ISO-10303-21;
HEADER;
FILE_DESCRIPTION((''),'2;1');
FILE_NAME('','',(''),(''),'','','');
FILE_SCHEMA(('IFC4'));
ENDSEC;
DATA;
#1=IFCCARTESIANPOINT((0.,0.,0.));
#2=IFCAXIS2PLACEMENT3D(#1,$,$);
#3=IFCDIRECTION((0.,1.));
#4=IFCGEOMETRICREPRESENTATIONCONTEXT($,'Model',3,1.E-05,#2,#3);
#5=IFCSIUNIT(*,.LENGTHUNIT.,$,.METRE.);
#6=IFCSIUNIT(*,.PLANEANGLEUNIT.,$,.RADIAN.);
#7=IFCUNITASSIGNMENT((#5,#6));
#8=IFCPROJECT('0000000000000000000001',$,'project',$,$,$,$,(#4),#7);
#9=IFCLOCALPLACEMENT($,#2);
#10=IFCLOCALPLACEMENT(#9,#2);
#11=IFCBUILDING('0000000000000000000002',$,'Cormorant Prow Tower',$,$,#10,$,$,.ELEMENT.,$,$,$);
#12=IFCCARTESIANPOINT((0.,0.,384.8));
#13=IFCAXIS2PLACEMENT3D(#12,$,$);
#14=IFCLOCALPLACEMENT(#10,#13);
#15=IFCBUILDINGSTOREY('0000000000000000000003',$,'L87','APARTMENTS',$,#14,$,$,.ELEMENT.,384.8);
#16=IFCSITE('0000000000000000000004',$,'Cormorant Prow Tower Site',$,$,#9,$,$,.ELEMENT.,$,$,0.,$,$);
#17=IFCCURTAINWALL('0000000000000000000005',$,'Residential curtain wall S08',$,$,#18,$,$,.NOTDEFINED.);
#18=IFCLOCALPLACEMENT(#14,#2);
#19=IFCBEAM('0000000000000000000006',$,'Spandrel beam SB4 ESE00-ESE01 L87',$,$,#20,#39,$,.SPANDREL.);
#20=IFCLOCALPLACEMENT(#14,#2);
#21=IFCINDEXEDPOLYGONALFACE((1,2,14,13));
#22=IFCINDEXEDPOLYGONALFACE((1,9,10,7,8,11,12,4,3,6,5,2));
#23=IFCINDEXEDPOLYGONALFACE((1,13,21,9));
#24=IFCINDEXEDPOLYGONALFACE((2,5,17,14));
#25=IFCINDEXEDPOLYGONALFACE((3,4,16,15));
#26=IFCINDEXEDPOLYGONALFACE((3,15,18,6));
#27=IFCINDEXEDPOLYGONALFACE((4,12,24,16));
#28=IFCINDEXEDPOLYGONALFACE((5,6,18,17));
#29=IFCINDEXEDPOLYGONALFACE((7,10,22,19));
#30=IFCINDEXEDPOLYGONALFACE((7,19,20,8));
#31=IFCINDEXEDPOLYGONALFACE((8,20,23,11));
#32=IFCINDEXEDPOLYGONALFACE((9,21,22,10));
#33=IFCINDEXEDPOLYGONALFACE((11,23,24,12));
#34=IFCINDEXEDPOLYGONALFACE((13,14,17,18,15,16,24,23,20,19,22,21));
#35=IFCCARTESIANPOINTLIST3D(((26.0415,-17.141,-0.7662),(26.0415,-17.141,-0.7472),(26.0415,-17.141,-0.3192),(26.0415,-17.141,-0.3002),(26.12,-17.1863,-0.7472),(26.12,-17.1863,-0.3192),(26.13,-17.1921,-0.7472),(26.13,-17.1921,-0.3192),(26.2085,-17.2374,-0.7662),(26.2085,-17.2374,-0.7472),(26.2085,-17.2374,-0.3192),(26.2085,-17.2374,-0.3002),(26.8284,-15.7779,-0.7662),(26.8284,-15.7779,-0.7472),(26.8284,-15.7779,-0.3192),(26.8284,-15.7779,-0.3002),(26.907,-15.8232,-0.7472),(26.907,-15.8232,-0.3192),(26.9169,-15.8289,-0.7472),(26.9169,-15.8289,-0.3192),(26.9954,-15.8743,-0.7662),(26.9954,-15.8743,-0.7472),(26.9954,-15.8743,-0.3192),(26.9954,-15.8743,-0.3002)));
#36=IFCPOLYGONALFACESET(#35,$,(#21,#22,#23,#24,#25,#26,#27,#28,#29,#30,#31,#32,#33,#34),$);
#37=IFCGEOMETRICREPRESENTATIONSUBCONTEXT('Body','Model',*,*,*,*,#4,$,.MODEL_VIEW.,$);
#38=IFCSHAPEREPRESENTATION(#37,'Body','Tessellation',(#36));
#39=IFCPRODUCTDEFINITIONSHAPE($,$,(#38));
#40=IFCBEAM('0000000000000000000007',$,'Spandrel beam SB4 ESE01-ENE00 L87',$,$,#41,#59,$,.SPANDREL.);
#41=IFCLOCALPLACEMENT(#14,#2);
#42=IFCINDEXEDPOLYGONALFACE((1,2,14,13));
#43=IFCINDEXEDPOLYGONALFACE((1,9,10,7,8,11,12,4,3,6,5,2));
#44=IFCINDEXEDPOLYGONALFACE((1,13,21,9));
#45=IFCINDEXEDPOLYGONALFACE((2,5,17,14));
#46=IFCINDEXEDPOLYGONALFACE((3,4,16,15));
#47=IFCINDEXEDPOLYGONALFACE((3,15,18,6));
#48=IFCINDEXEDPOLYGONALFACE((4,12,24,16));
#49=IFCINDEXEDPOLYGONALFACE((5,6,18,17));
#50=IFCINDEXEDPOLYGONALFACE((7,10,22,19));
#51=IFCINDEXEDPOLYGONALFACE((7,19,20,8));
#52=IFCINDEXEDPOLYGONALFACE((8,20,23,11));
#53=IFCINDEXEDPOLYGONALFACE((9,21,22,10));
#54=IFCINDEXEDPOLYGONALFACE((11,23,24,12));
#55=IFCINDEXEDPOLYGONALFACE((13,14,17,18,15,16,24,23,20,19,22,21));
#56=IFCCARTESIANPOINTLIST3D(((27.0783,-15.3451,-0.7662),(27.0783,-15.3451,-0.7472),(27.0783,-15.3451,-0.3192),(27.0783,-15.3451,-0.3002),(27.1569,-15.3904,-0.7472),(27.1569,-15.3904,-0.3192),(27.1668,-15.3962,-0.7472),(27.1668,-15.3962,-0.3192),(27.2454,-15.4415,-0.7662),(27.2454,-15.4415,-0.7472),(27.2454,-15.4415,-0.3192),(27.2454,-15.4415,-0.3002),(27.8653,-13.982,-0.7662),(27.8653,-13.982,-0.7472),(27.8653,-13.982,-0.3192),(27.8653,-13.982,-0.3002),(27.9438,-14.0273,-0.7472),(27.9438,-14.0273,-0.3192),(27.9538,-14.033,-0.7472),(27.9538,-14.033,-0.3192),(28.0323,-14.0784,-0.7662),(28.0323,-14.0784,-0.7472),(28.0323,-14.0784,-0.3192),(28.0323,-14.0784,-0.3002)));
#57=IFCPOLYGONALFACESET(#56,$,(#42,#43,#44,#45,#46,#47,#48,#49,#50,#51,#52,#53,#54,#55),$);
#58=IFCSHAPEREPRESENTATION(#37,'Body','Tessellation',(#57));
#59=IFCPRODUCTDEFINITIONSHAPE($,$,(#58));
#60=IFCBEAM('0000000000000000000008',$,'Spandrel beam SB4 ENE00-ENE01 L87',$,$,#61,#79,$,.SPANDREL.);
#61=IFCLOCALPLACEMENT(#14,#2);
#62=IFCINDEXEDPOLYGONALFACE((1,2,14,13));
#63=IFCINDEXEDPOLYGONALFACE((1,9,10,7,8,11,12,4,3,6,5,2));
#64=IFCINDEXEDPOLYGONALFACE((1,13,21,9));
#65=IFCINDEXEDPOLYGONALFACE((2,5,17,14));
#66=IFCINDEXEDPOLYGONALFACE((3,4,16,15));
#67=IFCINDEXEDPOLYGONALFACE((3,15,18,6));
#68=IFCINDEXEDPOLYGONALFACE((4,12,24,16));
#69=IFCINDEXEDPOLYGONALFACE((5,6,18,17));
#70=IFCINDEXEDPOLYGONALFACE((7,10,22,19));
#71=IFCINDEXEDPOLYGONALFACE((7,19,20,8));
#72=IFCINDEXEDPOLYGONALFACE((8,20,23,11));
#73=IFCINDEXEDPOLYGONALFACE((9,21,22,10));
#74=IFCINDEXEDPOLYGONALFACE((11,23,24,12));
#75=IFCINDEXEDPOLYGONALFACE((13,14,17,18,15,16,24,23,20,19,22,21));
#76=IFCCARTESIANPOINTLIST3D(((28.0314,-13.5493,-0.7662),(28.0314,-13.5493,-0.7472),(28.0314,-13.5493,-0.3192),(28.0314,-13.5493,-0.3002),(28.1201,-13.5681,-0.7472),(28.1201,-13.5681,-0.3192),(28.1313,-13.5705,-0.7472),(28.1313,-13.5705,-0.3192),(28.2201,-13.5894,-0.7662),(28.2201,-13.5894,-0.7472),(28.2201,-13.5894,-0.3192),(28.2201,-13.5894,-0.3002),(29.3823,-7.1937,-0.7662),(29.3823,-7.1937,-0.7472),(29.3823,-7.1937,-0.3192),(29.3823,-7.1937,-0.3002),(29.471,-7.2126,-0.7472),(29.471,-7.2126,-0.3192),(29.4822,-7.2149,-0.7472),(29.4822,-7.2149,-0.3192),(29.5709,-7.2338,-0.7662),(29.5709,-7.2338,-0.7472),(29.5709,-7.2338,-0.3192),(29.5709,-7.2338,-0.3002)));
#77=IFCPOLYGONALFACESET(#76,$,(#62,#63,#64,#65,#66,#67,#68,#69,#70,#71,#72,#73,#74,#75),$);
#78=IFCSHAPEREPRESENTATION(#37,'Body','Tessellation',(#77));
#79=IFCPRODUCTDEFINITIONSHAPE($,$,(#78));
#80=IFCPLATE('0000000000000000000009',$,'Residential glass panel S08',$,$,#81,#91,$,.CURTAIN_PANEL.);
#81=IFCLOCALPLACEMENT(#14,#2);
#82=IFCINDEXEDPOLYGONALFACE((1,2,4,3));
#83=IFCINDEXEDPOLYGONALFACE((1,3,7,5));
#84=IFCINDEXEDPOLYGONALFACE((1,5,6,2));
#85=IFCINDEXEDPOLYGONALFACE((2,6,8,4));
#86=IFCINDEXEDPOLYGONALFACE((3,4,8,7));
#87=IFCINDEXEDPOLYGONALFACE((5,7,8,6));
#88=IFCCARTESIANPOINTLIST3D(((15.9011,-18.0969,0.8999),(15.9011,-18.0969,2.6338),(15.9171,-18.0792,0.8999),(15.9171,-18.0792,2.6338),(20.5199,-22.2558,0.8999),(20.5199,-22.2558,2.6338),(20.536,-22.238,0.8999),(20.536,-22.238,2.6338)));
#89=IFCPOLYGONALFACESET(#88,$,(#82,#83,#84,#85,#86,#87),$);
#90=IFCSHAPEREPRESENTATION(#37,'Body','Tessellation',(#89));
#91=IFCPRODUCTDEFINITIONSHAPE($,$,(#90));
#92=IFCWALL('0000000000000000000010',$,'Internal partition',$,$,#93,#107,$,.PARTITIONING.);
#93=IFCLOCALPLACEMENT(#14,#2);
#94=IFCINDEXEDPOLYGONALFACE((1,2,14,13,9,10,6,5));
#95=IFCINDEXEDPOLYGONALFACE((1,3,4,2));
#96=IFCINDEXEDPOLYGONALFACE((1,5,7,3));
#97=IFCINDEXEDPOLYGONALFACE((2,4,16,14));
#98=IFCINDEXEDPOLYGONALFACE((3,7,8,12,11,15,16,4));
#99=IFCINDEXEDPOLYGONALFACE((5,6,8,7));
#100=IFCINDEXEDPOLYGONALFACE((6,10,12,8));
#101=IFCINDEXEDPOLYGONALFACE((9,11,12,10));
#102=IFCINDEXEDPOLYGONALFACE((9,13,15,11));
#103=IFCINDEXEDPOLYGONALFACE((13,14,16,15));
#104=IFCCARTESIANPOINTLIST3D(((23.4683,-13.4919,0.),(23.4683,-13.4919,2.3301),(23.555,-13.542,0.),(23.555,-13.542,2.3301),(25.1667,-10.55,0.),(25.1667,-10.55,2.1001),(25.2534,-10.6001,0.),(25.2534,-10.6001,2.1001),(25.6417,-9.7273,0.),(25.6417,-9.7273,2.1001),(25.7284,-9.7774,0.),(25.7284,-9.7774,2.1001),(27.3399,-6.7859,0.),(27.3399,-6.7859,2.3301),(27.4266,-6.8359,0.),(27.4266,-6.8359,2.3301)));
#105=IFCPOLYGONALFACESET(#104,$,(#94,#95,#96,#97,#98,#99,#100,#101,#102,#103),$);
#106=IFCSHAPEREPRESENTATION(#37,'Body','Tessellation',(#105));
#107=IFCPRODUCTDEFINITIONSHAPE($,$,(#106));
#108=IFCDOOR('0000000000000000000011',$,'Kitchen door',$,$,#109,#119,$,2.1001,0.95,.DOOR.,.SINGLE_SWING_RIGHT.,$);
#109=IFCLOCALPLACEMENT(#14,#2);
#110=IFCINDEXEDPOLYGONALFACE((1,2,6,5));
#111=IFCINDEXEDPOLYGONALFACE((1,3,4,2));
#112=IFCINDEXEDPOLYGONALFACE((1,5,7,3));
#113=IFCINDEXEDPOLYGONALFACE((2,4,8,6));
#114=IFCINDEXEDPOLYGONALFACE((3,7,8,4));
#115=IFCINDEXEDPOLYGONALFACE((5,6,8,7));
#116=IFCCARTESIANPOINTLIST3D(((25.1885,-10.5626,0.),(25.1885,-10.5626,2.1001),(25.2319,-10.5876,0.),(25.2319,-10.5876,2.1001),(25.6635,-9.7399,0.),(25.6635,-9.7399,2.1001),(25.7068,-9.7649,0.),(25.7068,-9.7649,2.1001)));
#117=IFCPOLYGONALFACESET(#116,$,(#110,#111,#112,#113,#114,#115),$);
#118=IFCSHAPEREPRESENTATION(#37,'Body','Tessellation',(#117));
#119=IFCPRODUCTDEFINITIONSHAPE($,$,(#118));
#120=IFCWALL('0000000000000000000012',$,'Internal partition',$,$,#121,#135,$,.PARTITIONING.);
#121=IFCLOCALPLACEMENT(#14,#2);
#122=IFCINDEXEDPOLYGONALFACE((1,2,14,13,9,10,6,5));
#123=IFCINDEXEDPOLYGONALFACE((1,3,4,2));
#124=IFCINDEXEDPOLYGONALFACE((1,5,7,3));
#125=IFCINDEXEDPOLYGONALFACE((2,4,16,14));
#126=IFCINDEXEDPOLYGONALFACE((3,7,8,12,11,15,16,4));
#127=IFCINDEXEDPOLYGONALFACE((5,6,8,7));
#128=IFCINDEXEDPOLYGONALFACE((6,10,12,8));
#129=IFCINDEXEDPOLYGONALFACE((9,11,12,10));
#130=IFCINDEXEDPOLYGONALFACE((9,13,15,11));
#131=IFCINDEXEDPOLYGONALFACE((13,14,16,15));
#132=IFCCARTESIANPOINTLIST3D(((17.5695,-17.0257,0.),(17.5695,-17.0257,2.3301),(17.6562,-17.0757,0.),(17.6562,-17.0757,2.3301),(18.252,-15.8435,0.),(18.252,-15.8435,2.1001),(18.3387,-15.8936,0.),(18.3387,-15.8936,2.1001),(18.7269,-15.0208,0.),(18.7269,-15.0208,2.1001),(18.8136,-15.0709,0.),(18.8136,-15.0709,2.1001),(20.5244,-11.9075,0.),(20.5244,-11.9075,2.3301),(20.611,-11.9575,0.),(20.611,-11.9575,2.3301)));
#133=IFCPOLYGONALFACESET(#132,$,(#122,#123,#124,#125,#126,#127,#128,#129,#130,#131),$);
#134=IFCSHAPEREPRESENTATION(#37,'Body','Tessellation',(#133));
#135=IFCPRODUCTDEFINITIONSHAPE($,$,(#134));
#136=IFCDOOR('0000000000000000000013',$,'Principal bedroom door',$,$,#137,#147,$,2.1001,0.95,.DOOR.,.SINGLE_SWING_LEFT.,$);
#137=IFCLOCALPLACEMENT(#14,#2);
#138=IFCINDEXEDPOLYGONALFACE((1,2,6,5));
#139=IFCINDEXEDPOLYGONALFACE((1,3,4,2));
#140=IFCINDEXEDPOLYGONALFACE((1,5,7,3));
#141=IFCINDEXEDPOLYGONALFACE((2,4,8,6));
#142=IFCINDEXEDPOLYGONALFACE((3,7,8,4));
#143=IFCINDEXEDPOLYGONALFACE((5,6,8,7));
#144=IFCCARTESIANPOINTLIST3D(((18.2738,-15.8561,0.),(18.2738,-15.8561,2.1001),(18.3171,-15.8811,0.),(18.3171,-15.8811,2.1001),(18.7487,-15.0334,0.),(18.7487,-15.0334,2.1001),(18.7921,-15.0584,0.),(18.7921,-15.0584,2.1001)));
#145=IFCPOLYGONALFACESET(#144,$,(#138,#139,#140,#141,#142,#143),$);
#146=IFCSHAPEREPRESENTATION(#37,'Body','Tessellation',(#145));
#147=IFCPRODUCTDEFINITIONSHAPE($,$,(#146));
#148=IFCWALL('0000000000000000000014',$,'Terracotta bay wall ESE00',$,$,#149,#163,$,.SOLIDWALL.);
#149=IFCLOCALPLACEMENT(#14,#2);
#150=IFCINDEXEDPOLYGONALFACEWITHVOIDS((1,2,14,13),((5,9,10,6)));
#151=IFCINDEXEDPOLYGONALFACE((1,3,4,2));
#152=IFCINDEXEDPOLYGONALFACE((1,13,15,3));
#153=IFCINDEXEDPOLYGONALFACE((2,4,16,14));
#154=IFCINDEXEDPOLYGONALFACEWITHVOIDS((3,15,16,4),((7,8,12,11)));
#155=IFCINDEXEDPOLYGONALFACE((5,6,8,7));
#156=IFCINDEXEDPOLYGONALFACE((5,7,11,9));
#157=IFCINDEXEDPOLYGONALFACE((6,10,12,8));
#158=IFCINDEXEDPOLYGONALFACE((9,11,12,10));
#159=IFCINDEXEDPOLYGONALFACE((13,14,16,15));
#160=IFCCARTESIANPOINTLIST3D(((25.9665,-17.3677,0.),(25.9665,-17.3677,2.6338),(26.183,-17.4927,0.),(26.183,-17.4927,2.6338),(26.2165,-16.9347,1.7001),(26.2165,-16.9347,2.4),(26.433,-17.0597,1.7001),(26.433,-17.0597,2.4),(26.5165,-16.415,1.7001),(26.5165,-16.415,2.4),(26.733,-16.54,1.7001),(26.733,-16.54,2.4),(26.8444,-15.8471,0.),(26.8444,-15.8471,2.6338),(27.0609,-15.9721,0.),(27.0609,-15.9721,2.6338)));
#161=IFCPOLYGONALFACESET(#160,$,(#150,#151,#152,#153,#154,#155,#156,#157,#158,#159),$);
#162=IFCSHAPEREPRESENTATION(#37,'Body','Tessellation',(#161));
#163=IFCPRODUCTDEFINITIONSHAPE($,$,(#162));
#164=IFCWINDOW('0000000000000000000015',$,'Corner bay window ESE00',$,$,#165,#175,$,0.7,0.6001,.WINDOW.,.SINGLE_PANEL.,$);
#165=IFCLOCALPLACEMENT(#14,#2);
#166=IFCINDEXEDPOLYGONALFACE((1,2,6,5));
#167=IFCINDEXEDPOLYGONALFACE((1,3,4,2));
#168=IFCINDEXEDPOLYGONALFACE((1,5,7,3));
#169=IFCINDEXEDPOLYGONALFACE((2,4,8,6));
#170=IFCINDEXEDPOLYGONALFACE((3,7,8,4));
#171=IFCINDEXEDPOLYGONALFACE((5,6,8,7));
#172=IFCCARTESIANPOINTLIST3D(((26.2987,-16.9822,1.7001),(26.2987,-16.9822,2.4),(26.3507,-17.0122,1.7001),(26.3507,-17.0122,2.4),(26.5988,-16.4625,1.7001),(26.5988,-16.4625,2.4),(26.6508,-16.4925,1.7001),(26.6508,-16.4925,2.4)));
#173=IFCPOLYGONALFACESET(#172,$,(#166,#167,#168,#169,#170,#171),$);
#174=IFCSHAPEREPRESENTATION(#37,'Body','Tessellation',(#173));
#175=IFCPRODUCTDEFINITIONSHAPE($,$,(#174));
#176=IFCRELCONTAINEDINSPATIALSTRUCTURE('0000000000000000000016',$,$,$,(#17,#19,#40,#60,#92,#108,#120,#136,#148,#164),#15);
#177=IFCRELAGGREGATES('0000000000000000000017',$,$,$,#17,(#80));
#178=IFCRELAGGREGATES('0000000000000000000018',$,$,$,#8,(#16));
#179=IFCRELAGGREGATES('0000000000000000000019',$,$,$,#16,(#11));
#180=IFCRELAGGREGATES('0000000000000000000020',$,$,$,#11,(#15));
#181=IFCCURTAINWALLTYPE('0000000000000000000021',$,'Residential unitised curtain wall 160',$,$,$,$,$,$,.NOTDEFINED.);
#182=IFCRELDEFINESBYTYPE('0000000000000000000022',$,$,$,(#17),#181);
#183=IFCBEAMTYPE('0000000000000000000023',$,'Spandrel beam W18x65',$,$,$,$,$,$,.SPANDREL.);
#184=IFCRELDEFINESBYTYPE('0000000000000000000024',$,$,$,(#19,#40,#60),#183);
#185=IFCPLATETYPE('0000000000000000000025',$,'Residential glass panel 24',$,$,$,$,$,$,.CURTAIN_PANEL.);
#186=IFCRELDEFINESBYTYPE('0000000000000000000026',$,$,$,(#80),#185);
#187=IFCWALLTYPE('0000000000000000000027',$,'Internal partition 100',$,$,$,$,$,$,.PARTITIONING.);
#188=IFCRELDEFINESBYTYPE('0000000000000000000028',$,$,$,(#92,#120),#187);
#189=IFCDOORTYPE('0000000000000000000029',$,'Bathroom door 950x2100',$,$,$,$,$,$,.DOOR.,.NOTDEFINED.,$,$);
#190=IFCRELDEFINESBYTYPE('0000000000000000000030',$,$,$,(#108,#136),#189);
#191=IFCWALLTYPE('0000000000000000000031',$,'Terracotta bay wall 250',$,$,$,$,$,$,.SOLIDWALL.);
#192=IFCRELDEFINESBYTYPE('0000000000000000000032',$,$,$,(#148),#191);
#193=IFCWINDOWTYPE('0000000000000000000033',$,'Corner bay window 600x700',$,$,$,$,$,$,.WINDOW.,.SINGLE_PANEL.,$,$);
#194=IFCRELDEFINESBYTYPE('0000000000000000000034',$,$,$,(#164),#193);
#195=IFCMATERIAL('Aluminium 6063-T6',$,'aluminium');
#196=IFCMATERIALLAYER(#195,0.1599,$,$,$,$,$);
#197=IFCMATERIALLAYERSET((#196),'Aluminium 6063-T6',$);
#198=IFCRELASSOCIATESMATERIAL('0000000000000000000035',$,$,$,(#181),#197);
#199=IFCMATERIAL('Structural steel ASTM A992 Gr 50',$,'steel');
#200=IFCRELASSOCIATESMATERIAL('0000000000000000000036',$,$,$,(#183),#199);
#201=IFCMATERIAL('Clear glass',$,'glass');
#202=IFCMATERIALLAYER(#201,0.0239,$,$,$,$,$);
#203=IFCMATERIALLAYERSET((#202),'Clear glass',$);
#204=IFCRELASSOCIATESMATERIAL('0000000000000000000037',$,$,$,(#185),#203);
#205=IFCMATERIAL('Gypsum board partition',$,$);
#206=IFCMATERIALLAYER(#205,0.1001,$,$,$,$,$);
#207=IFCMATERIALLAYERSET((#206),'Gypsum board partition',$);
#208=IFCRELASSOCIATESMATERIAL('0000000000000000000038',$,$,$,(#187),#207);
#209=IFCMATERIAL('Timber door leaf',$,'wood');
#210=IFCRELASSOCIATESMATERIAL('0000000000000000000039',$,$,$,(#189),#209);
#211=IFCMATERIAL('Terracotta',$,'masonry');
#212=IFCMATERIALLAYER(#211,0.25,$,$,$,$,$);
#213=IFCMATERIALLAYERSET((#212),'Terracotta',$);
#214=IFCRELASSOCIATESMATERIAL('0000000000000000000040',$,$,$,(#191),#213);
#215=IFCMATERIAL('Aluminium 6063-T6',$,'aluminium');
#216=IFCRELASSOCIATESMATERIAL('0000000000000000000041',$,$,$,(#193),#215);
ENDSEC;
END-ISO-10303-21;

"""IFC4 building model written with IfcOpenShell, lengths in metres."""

from ifc_helpers import new_model, si_unit, direction, frame, frame_2d, origin, origin_2d, place, context, subcontext, project, spatial, rectangle, i_section, extrude, material, layer, layer_set, material_profile, profile_set, type_object, element, fill, aggregate, save


model = new_model("IFC4")

# Units and contexts
model_context = context("Model", 3, precision=1e-05, world=origin(), true_north=direction((0.0, 1.0)))
body_context = subcontext(model_context, "Body", "Model", "MODEL_VIEW")
ifc_project = project(units=[si_unit("LENGTHUNIT", "METRE"), si_unit("PLANEANGLEUNIT", "RADIAN")], contexts=[model_context])

# Site, building, storey
site_placement = place(None, origin())
site = spatial("IfcSite", under=ifc_project, at=site_placement, Name="Cormorant Prow Tower Site", CompositionType="ELEMENT", RefElevation=0.0)
building_placement = place(site_placement, origin())
building = spatial("IfcBuilding", under=site, at=building_placement, Name="Cormorant Prow Tower", CompositionType="ELEMENT")
storey_placement = place(building_placement, frame((0.0, 0.0, 384.8)))
storey = spatial("IfcBuildingStorey", under=building, at=storey_placement, Name="L87", Description="APARTMENTS", CompositionType="ELEMENT", Elevation=384.8)

# Curtain wall
ifc_material_1 = material(Name="Aluminium 6063-T6", Category="aluminium")
ifc_layer_1 = layer(ifc_material_1, 0.1599)
ifc_layer_set_1 = layer_set([ifc_layer_1], Name="Aluminium 6063-T6")
curtain_wall_type = type_object("IfcCurtainWallType", Name="Residential unitised curtain wall 160", PredefinedType="NOTDEFINED", material=ifc_layer_set_1)
curtain_wall_placement = place(storey_placement, origin())
curtain_wall = element("IfcCurtainWall", 1, at=curtain_wall_placement, inside=storey, type_object=curtain_wall_type, Name="Residential curtain wall S08", PredefinedType="NOTDEFINED")

# Beams
ifc_material_2 = material(Name="Structural steel ASTM A992 Gr 50", Category="steel")
ifc_material_profile_1 = material_profile(ifc_material_2, i_section(OverallWidth=0.1929, OverallDepth=0.4661, WebThickness=0.0115, FlangeThickness=0.019, at=origin_2d()), Name="W18x65")
ifc_profile_set_1 = profile_set([ifc_material_profile_1], Name="Structural steel ASTM A992 Gr 50")
beam_type = type_object("IfcBeamType", Name="Spandrel beam W18x65", PredefinedType="SPANDREL", material=ifc_profile_set_1)
for number, where, z_axis, x_axis, name in (
    (2, (26.125, -17.1892, -0.5332), (0.49996, 0.866049, 0.0), (-0.866049, 0.49996, 0.0), "Spandrel beam SB4 ESE00-ESE01 L87"),
    (3, (27.1619, -15.3933, -0.5332), (0.49996, 0.866049, 0.0), (-0.866049, 0.49996, 0.0), "Spandrel beam SB4 ESE01-ENE00 L87"),
):
    element("IfcBeam", number, at=place(storey_placement, frame(where, z_axis=z_axis, x_axis=x_axis)), inside=storey, type_object=beam_type, Name=name, PredefinedType="SPANDREL", context=body_context, shape_type="SweptSolid", body=[
        extrude(i_section(OverallWidth=0.1929, OverallDepth=0.4661, WebThickness=0.0115, FlangeThickness=0.019, at=origin_2d()), origin(), (0.0, 0.0, 1.0), 1.574),
    ])
beam_placement = place(storey_placement, frame((28.1257, -13.5693, -0.5332), z_axis=(0.207902, 0.97815, 0.0), x_axis=(-0.97815, 0.207902, 0.0)))
element("IfcBeam", 4, at=beam_placement, inside=storey, type_object=beam_type, Name="Spandrel beam SB4 ENE00-ENE01 L87", PredefinedType="SPANDREL", context=body_context, shape_type="SweptSolid", body=[
    extrude(i_section(OverallWidth=0.1929, OverallDepth=0.4661, WebThickness=0.0115, FlangeThickness=0.019, at=origin_2d()), origin(), (0.0, 0.0, 1.0), 6.4976),
])

# Plate
ifc_material_3 = material(Name="Clear glass", Category="glass")
ifc_layer_2 = layer(ifc_material_3, 0.0239)
ifc_layer_set_2 = layer_set([ifc_layer_2], Name="Clear glass")
plate_type = type_object("IfcPlateType", Name="Residential glass panel 24", PredefinedType="CURTAIN_PANEL", material=ifc_layer_set_2)
plate_placement = place(storey_placement, frame((18.2185, -20.1675, 0.8999), z_axis=(0.0, 0.0, 1.0), x_axis=(0.743145, -0.669131, 0.0)))
plate = element("IfcPlate", 5, at=plate_placement, type_object=plate_type, Name="Residential glass panel S08", PredefinedType="CURTAIN_PANEL", context=body_context, shape_type="SweptSolid", body=[
    extrude(rectangle(XDim=6.2153, YDim=0.0239, at=origin_2d()), origin(), (0.0, 0.0, 1.0), 1.7339),
])
aggregate(curtain_wall, [plate])

# Walls, openings, doors
ifc_material_4 = material(Name="Gypsum board partition")
ifc_layer_3 = layer(ifc_material_4, 0.1001)
ifc_layer_set_3 = layer_set([ifc_layer_3], Name="Gypsum board partition")
wall_type_1 = type_object("IfcWallType", Name="Internal partition 100", PredefinedType="PARTITIONING", material=ifc_layer_set_3)
wall_1_placement = place(storey_placement, frame((23.5117, -13.5168, 0.0), z_axis=(0.0, 0.0, 1.0), x_axis=(0.499984, 0.866034, 0.0)))
wall_1 = element("IfcWall", 6, at=wall_1_placement, inside=storey, type_object=wall_type_1, Name="Internal partition", PredefinedType="PARTITIONING", context=body_context, shape_type="SweptSolid", body=[
    extrude(rectangle(XDim=7.7434, YDim=0.1001, at=frame_2d((3.8716, 0.0))), origin(), (0.0, 0.0, 1.0), 2.3301),
])
opening_1_placement = place(wall_1_placement, frame((3.3967, 0.0, 0.0)))
opening_1 = element("IfcOpeningElement", 7, at=opening_1_placement, cuts=wall_1, PredefinedType="OPENING", context=body_context, shape_type="SweptSolid", body=[
    extrude(rectangle(XDim=0.95, YDim=2.1001, at=frame_2d((0.4751, 1.05))), frame((0.0, 0.0601, 0.0), z_axis=(0.0, -1.0, 0.0), x_axis=(1.0, 0.0, 0.0)), (0.0, 0.0, 1.0), 0.1201),
])
ifc_material_5 = material(Name="Timber door leaf", Category="wood")
door_type_1 = type_object("IfcDoorType", Name="Bathroom door 950x2100", OperationType="NOTDEFINED", PredefinedType="DOOR", material=ifc_material_5)
door_1_placement = place(opening_1_placement, origin())
door_1 = element("IfcDoor", 8, at=door_1_placement, inside=storey, type_object=door_type_1, Name="Kitchen door", OperationType="SINGLE_SWING_RIGHT", OverallHeight=2.1001, OverallWidth=0.95, PredefinedType="DOOR", context=body_context, shape_type="SweptSolid", body=[
    extrude(rectangle(XDim=0.95, YDim=2.1001, at=frame_2d((0.4751, 1.05))), frame((0.0, 0.0249, 0.0), z_axis=(0.0, -1.0, 0.0), x_axis=(1.0, 0.0, 0.0)), (0.0, 0.0, 1.0), 0.05),
])
fill(opening_1, door_1)
wall_2_placement = place(storey_placement, frame((17.6128, -17.0508, 0.0), z_axis=(0.0, 0.0, 1.0), x_axis=(0.499982, 0.866036, 0.0)))
wall_2 = element("IfcWall", 9, at=wall_2_placement, inside=storey, type_object=wall_type_1, Name="Internal partition", PredefinedType="PARTITIONING", context=body_context, shape_type="SweptSolid", body=[
    extrude(rectangle(XDim=5.9099, YDim=0.1001, at=frame_2d((2.9551, 0.0))), origin(), (0.0, 0.0, 1.0), 2.3301),
])
opening_2_placement = place(wall_2_placement, frame((1.365, 0.0, 0.0)))
opening_2 = element("IfcOpeningElement", 10, at=opening_2_placement, cuts=wall_2, PredefinedType="OPENING", context=body_context, shape_type="SweptSolid", body=[
    extrude(rectangle(XDim=0.95, YDim=2.1001, at=frame_2d((0.4751, 1.05))), frame((0.0, 0.0601, 0.0), z_axis=(0.0, -1.0, 0.0), x_axis=(1.0, 0.0, 0.0)), (0.0, 0.0, 1.0), 0.1201),
])
door_2_placement = place(opening_2_placement, origin())
door_2 = element("IfcDoor", 11, at=door_2_placement, inside=storey, type_object=door_type_1, Name="Principal bedroom door", OperationType="SINGLE_SWING_LEFT", OverallHeight=2.1001, OverallWidth=0.95, PredefinedType="DOOR", context=body_context, shape_type="SweptSolid", body=[
    extrude(rectangle(XDim=0.95, YDim=2.1001, at=frame_2d((0.4751, 1.05))), frame((0.0, 0.0249, 0.0), z_axis=(0.0, -1.0, 0.0), x_axis=(1.0, 0.0, 0.0)), (0.0, 0.0, 1.0), 0.05),
])
fill(opening_2, door_2)

# Wall, opening, window
ifc_material_6 = material(Name="Terracotta", Category="masonry")
ifc_layer_4 = layer(ifc_material_6, 0.25)
ifc_layer_set_4 = layer_set([ifc_layer_4], Name="Terracotta")
wall_type_2 = type_object("IfcWallType", Name="Terracotta bay wall 250", PredefinedType="SOLIDWALL", material=ifc_layer_set_4)
wall_3_placement = place(storey_placement, frame((26.0747, -17.4302, 0.0), z_axis=(0.0, 0.0, 1.0), x_axis=(0.500027, 0.86601, 0.0)))
wall_3 = element("IfcWall", 12, at=wall_3_placement, inside=storey, type_object=wall_type_2, Name="Terracotta bay wall ESE00", PredefinedType="SOLIDWALL", context=body_context, shape_type="SweptSolid", body=[
    extrude(rectangle(XDim=1.7559, YDim=0.25, at=frame_2d((0.8779, 0.0))), origin(), (0.0, 0.0, 1.0), 2.6338),
])
opening_3_placement = place(wall_3_placement, frame((0.5, 0.0, 1.7)))
opening_3 = element("IfcOpeningElement", 13, at=opening_3_placement, cuts=wall_3, PredefinedType="OPENING", context=body_context, shape_type="SweptSolid", body=[
    extrude(rectangle(XDim=0.6001, YDim=0.7, at=frame_2d((0.3, 0.3501))), frame((0.0, 0.135, 0.0), z_axis=(0.0, -1.0, 0.0), x_axis=(1.0, 0.0, 0.0)), (0.0, 0.0, 1.0), 0.27),
])
ifc_material_7 = material(Name="Aluminium 6063-T6", Category="aluminium")
window_type = type_object("IfcWindowType", Name="Corner bay window 600x700", PartitioningType="SINGLE_PANEL", PredefinedType="WINDOW", material=ifc_material_7)
window_placement = place(opening_3_placement, origin())
window = element("IfcWindow", 14, at=window_placement, inside=storey, type_object=window_type, Name="Corner bay window ESE00", OverallHeight=0.7, OverallWidth=0.6001, PartitioningType="SINGLE_PANEL", PredefinedType="WINDOW", context=body_context, shape_type="SweptSolid", body=[
    extrude(rectangle(XDim=0.6001, YDim=0.7, at=frame_2d((0.3, 0.3501))), frame((0.0, 0.03, 0.0), z_axis=(0.0, -1.0, 0.0), x_axis=(1.0, 0.0, 0.0)), (0.0, 0.0, 1.0), 0.0601),
])
fill(opening_3, window)

save(model, "model.ifc")
